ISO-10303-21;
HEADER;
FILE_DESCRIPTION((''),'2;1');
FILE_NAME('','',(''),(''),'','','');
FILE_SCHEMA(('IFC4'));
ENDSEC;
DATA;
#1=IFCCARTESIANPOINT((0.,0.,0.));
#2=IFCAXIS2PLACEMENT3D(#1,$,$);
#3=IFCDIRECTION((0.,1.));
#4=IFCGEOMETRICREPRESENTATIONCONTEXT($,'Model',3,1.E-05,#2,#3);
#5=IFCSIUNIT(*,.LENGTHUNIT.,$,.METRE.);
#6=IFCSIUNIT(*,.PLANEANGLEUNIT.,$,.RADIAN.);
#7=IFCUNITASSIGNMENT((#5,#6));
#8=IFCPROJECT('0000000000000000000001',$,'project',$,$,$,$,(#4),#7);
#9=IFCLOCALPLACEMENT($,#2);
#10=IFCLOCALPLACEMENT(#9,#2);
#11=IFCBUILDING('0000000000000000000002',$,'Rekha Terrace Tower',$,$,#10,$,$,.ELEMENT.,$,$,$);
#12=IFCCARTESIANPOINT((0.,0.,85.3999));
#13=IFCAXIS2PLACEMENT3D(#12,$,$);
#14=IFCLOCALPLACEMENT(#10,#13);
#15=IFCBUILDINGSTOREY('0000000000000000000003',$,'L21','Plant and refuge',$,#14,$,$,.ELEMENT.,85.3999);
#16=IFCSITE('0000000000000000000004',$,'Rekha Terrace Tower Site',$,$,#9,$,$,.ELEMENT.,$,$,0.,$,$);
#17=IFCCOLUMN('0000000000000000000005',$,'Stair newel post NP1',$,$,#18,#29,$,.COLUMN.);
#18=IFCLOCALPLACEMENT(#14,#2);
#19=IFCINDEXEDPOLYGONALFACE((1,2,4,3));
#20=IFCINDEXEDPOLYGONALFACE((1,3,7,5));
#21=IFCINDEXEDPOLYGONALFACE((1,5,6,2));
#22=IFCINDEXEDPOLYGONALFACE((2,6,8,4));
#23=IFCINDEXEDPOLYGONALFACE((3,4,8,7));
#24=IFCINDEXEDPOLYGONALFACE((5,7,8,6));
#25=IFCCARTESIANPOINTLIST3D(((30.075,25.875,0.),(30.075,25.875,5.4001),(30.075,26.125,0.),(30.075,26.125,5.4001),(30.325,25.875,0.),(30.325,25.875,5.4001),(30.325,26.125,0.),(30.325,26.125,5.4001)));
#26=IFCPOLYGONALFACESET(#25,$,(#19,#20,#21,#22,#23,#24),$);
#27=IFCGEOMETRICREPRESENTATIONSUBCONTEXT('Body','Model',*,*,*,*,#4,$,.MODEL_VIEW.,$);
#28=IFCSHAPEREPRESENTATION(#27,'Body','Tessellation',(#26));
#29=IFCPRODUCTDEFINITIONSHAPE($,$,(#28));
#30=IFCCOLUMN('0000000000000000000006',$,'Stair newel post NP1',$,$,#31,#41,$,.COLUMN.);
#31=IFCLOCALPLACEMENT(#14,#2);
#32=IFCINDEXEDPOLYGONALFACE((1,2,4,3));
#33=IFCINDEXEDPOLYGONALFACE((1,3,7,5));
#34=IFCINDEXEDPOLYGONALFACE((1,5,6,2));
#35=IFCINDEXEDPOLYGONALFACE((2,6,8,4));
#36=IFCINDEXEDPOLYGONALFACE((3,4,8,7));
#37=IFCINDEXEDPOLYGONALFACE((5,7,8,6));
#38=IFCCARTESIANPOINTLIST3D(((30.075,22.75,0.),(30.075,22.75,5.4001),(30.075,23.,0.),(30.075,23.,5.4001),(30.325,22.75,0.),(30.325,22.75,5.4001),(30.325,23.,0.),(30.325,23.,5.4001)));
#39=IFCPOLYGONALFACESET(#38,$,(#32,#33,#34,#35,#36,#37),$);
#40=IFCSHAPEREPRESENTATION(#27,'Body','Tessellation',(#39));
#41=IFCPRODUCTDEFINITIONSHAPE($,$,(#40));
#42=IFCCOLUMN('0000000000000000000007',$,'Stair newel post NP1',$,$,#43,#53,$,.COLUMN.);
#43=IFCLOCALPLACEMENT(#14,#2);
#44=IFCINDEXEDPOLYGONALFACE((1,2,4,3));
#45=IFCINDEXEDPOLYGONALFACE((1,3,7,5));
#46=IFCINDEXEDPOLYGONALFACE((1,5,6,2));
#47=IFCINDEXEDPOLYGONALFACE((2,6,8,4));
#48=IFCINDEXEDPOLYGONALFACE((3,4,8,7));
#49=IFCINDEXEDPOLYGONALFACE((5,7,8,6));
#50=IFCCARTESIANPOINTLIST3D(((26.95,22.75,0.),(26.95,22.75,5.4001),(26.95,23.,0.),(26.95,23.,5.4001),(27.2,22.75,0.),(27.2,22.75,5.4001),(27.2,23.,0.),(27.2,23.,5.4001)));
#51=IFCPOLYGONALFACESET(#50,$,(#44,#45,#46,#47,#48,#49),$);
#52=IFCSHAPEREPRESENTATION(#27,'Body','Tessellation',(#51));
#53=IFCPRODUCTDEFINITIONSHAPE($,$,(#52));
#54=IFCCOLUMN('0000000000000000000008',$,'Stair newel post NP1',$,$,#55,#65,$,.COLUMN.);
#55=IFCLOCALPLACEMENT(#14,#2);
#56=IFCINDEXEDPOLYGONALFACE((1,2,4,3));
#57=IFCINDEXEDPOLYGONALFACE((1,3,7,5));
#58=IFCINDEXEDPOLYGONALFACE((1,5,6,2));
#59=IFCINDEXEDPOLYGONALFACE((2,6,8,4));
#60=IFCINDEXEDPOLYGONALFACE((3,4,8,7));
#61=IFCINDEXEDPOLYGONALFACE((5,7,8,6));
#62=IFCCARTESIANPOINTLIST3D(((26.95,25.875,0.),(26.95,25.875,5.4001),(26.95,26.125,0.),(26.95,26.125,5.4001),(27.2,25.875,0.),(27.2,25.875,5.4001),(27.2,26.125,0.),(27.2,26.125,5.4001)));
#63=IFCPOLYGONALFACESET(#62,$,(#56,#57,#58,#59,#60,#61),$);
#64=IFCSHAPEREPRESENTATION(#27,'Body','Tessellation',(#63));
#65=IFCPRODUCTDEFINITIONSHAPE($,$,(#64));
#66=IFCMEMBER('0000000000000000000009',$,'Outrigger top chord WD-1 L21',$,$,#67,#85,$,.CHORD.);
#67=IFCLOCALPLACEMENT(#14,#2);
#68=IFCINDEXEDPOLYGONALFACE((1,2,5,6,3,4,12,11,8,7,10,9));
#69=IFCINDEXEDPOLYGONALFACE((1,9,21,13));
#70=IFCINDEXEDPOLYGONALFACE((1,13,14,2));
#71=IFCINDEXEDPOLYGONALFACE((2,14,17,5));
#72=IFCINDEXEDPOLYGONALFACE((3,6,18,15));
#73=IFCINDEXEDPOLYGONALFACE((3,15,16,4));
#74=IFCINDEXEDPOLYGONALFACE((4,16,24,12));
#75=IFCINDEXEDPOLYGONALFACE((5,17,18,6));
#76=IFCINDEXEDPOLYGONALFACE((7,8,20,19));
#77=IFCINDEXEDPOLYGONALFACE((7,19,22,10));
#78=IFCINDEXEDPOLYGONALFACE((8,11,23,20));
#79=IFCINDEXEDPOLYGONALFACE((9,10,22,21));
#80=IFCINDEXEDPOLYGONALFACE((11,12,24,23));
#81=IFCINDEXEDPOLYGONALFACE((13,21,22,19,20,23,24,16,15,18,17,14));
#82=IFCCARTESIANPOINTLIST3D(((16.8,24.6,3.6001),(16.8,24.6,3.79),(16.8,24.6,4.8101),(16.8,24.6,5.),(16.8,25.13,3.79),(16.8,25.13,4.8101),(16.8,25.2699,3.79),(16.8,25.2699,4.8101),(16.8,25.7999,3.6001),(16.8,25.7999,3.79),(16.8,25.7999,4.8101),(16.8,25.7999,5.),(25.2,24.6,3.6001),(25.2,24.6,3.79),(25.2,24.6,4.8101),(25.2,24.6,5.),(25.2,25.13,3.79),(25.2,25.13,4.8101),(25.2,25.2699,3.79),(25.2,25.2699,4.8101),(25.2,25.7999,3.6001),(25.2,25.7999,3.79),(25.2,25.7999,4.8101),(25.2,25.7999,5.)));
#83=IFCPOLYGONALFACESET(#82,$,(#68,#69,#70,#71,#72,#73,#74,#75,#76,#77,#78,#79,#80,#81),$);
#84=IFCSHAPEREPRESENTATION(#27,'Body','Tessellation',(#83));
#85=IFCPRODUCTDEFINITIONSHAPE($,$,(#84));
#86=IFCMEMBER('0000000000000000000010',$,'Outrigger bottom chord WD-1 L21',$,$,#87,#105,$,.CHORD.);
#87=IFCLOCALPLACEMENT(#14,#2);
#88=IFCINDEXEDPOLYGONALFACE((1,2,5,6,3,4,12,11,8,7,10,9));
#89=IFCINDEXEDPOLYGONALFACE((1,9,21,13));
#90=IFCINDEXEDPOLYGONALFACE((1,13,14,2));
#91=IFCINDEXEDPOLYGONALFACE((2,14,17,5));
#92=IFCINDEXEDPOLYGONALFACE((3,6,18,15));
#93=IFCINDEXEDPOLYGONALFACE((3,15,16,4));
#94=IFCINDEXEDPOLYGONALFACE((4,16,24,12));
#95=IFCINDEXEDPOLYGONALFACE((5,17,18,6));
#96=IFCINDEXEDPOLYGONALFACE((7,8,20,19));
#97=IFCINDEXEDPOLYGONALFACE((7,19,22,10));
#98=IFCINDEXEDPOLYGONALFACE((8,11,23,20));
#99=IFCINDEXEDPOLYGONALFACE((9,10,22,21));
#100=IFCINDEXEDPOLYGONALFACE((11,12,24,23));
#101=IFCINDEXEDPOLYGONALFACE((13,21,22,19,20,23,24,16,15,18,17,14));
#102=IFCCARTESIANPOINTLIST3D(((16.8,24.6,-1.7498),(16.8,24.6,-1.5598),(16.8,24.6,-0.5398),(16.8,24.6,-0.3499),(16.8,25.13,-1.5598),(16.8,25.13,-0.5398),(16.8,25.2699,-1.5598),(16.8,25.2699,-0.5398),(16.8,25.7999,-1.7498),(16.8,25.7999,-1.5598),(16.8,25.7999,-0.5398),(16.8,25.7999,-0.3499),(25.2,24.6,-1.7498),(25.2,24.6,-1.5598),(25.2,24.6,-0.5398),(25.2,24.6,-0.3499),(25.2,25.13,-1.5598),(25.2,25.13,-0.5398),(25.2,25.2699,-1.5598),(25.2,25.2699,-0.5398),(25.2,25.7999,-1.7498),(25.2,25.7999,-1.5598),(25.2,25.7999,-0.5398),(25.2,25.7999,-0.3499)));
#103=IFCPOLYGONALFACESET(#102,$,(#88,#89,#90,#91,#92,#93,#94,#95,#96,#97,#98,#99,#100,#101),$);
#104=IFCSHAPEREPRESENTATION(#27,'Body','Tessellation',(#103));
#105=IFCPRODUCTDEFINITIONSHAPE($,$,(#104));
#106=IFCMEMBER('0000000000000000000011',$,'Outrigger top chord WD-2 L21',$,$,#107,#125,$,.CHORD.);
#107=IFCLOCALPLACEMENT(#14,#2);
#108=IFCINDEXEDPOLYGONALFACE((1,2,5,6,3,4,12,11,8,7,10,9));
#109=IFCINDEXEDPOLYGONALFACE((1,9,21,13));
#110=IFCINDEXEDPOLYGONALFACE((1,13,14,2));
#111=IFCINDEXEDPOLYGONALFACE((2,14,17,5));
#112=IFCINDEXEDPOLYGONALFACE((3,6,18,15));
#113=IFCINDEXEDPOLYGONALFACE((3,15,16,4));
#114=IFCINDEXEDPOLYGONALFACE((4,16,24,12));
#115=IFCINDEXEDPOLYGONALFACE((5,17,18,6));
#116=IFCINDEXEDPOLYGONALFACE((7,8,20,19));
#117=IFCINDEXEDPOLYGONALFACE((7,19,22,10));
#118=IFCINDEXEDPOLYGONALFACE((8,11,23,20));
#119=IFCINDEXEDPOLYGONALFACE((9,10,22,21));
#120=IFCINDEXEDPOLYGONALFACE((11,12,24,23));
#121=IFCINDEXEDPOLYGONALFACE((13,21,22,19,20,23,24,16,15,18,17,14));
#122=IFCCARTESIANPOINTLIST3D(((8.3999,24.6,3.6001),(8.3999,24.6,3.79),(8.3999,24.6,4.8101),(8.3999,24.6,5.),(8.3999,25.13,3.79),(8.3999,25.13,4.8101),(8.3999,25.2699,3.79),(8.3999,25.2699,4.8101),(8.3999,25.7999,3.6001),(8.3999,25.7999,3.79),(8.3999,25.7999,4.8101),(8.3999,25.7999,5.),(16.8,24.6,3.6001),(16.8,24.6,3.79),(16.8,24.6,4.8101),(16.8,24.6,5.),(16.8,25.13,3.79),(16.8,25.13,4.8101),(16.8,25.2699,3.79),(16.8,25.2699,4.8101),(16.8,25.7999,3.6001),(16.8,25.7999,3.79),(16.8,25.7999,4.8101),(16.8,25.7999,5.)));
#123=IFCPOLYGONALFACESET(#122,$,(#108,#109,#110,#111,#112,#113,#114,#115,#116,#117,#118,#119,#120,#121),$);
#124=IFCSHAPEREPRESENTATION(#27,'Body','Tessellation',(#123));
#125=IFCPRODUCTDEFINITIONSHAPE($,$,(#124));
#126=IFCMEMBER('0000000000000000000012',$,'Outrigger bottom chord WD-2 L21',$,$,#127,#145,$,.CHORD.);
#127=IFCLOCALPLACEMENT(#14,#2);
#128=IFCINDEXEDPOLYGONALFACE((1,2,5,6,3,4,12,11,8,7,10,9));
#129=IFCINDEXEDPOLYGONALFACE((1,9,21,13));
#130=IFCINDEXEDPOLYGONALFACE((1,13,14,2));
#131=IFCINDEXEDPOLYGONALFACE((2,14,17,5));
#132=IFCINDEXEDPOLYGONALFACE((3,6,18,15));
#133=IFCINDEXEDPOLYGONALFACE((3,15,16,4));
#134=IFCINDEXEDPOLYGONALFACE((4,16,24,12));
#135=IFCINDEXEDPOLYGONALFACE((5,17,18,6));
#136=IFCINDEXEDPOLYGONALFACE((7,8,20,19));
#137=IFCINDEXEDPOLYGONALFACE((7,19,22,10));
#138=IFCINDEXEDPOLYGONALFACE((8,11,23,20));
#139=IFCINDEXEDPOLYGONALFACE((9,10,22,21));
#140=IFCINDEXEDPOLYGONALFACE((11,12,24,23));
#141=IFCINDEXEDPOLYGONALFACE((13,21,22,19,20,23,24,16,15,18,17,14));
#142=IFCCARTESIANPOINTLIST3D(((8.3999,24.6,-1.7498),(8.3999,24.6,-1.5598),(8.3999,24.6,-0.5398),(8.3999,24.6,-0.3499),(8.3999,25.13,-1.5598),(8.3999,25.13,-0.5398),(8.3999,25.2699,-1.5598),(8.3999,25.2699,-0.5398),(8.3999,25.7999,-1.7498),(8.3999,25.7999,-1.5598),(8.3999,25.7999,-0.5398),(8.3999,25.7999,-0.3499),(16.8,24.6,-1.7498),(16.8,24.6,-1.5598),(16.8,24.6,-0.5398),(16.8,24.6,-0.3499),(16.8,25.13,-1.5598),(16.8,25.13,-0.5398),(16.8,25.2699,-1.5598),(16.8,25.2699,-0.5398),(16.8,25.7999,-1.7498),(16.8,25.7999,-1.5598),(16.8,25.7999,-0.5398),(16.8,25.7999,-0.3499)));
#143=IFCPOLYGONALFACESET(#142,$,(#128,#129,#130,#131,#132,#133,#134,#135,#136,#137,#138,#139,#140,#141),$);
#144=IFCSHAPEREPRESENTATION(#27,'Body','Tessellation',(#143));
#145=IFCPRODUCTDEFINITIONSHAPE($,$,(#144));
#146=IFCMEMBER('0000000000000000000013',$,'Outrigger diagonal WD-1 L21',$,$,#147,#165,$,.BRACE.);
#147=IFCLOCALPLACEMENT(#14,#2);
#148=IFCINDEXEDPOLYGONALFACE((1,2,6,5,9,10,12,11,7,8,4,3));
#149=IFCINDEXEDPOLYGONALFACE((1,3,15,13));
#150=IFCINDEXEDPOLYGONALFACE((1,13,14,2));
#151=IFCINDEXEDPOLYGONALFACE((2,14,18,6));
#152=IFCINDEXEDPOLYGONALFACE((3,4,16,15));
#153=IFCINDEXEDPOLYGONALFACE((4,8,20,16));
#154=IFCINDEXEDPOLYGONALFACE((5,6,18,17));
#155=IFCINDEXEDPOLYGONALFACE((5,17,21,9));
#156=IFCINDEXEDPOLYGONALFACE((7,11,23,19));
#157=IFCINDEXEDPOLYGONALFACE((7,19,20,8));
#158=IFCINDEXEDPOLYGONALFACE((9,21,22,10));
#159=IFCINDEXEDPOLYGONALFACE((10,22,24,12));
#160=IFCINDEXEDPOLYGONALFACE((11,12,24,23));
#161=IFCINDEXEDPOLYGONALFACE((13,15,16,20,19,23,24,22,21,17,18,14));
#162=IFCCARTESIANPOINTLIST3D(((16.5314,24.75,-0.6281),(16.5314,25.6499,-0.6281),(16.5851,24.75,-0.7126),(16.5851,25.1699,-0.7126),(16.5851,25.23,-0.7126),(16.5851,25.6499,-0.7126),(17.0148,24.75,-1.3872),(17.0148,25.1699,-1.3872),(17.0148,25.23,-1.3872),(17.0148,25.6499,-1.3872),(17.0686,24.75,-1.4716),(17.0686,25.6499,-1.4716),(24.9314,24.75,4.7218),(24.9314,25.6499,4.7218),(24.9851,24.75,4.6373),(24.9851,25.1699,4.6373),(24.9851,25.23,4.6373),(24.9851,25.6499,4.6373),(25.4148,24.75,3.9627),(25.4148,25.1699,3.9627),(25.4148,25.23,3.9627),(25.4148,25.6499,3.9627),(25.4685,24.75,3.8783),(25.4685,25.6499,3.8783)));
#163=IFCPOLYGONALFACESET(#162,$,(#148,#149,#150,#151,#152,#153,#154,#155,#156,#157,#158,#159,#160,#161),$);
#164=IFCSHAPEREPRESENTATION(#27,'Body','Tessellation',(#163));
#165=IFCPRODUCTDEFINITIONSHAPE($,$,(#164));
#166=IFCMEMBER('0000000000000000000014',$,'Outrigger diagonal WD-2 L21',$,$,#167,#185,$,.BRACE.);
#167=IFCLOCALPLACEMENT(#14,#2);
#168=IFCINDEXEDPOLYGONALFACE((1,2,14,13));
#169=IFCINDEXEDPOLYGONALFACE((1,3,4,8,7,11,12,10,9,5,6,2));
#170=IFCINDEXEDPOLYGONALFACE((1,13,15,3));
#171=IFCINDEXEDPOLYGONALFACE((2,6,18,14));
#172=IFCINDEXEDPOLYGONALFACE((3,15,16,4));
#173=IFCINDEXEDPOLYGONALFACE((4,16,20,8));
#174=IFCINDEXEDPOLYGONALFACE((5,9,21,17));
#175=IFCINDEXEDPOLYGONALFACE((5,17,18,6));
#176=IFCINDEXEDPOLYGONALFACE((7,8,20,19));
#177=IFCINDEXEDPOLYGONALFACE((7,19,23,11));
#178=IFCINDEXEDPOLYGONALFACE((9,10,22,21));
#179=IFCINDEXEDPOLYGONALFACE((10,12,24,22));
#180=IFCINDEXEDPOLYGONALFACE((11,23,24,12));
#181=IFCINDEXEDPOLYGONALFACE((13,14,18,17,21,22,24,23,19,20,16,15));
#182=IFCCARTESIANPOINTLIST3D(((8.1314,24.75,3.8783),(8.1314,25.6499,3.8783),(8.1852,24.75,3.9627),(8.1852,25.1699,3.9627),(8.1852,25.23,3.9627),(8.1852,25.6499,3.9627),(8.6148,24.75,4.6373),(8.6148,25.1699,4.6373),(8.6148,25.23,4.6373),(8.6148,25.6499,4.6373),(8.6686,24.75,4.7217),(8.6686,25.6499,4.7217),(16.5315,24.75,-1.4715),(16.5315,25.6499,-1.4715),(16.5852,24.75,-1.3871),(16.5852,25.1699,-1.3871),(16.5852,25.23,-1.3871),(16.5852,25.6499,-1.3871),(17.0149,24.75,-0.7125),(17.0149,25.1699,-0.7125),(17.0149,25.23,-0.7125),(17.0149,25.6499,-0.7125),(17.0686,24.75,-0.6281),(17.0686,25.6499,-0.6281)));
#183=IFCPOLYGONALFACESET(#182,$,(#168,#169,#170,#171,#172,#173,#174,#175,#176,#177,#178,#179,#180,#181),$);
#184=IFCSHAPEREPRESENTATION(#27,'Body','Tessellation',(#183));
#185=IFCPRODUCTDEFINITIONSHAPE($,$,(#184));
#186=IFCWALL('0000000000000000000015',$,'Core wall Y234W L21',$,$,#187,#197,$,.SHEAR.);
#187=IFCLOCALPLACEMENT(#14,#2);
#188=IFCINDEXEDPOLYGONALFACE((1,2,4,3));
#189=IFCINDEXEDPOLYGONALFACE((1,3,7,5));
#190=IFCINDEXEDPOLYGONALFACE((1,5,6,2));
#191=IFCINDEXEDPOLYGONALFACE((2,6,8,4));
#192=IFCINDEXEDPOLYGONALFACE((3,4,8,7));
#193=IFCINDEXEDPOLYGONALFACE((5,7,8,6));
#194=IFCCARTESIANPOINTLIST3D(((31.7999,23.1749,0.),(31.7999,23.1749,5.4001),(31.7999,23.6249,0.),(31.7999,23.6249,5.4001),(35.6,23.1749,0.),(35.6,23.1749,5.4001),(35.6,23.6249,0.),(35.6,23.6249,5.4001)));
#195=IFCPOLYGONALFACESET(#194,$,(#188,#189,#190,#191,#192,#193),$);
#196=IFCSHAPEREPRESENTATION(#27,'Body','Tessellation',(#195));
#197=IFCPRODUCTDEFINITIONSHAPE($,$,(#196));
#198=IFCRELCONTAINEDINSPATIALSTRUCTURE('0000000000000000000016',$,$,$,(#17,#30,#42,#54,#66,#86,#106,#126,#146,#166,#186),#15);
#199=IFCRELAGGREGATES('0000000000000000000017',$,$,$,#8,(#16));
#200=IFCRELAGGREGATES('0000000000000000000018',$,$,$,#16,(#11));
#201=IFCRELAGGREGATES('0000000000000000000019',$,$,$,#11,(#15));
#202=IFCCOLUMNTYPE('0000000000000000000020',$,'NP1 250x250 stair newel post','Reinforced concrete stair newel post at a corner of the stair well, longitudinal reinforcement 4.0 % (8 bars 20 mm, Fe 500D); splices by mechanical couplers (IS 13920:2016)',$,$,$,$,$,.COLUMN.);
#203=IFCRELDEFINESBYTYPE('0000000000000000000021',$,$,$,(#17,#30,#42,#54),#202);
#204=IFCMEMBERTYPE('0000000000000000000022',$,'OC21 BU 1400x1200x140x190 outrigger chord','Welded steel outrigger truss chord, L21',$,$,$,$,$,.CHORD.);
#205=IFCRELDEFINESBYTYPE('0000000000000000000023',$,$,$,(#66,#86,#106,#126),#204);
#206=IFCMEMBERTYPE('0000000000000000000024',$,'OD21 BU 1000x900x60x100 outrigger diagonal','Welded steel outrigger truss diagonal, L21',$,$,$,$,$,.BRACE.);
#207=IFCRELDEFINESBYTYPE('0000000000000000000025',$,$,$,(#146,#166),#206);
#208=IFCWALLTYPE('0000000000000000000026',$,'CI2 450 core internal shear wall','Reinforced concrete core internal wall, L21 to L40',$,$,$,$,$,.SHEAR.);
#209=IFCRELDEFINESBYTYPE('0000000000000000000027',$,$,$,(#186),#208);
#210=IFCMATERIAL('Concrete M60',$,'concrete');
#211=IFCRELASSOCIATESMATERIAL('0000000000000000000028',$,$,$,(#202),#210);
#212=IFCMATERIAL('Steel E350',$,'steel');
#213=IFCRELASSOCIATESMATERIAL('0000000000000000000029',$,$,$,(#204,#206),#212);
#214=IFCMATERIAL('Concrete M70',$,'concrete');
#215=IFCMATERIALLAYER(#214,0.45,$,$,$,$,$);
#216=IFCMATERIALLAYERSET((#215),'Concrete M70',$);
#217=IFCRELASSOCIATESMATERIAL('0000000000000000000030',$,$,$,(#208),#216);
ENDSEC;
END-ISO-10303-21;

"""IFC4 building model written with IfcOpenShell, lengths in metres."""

from ifc_helpers import new_model, si_unit, direction, frame, frame_2d, origin, origin_2d, place, context, subcontext, project, spatial, rectangle, i_section, extrude, material, layer, layer_set, material_profile, profile_set, type_object, element, save


model = new_model("IFC4")

# Units and contexts
model_context = context("Model", 3, precision=1e-05, world=origin(), true_north=direction((0.0, 1.0)))
body_context = subcontext(model_context, "Body", "Model", "MODEL_VIEW")
ifc_project = project(units=[si_unit("LENGTHUNIT", "METRE"), si_unit("PLANEANGLEUNIT", "RADIAN")], contexts=[model_context])

# Site, building, storey
site_placement = place(None, origin())
site = spatial("IfcSite", under=ifc_project, at=site_placement, Name="Rekha Terrace Tower Site", CompositionType="ELEMENT", RefElevation=0.0)
building_placement = place(site_placement, origin())
building = spatial("IfcBuilding", under=site, at=building_placement, Name="Rekha Terrace Tower", CompositionType="ELEMENT")
storey_placement = place(building_placement, frame((0.0, 0.0, 85.3999)))
storey = spatial("IfcBuildingStorey", under=building, at=storey_placement, Name="L21", Description="Plant and refuge", CompositionType="ELEMENT", Elevation=85.3999)

# Columns
ifc_material_1 = material(Name="Concrete M60", Category="concrete")
ifc_material_profile_1 = material_profile(ifc_material_1, rectangle(XDim=0.25, YDim=0.25, at=origin_2d()), Name="RC 250x250")
ifc_profile_set_1 = profile_set([ifc_material_profile_1], Name="Concrete M60")
column_type = type_object("IfcColumnType", Name="NP1 250x250 stair newel post", Description="Reinforced concrete stair newel post at a corner of the stair well, longitudinal reinforcement 4.0 % (8 bars 20 mm, Fe 500D); splices by mechanical couplers (IS 13920:2016)", PredefinedType="COLUMN", material=ifc_profile_set_1)
for number, where, z_axis, x_axis, name in (
    (1, (30.2, 26.0, 0.0), (0.0, 0.0, 1.0), (1.0, 0.0, 0.0), "Stair newel post NP1"),
    (2, (30.2, 22.875, 0.0), (0.0, 0.0, 1.0), (1.0, 0.0, 0.0), "Stair newel post NP1"),
    (3, (27.075, 22.875, 0.0), (0.0, 0.0, 1.0), (1.0, 0.0, 0.0), "Stair newel post NP1"),
    (4, (27.075, 26.0, 0.0), (0.0, 0.0, 1.0), (1.0, 0.0, 0.0), "Stair newel post NP1"),
):
    element("IfcColumn", number, at=place(storey_placement, frame(where, z_axis=z_axis, x_axis=x_axis)), inside=storey, type_object=column_type, Name=name, PredefinedType="COLUMN", context=body_context, shape_type="SweptSolid", body=[
        extrude(rectangle(XDim=0.25, YDim=0.25, at=origin_2d()), origin(), (0.0, 0.0, 1.0), 5.4001),
    ])

# Members
ifc_material_2 = material(Name="Steel E350", Category="steel")
ifc_material_profile_2 = material_profile(ifc_material_2, i_section(OverallWidth=1.2, OverallDepth=1.3999, WebThickness=0.1399, FlangeThickness=0.1899, at=origin_2d()), Name="BU 1400x1200x140x190")
ifc_profile_set_2 = profile_set([ifc_material_profile_2], Name="Steel E350")
member_type_1 = type_object("IfcMemberType", Name="OC21 BU 1400x1200x140x190 outrigger chord", Description="Welded steel outrigger truss chord, L21", PredefinedType="CHORD", material=ifc_profile_set_2)
for number, where, z_axis, x_axis, name in (
    (5, (25.2, 25.2, 4.3), (-1.0, 0.0, 0.0), (0.0, -1.0, 0.0), "Outrigger top chord WD-1 L21"),
    (6, (25.2, 25.2, -1.0498), (-1.0, 0.0, 0.0), (0.0, -1.0, 0.0), "Outrigger bottom chord WD-1 L21"),
):
    element("IfcMember", number, at=place(storey_placement, frame(where, z_axis=z_axis, x_axis=x_axis)), inside=storey, type_object=member_type_1, Name=name, PredefinedType="CHORD", context=body_context, shape_type="SweptSolid", body=[
        extrude(i_section(OverallWidth=1.2, OverallDepth=1.3999, WebThickness=0.1399, FlangeThickness=0.1899, at=origin_2d()), origin(), (0.0, 0.0, 1.0), 8.3999),
    ])
for number, where, z_axis, x_axis, name in (
    (7, (16.8, 25.2, 4.3), (-1.0, 0.0, 0.0), (0.0, -1.0, 0.0), "Outrigger top chord WD-2 L21"),
    (8, (16.8, 25.2, -1.0498), (-1.0, 0.0, 0.0), (0.0, -1.0, 0.0), "Outrigger bottom chord WD-2 L21"),
):
    element("IfcMember", number, at=place(storey_placement, frame(where, z_axis=z_axis, x_axis=x_axis)), inside=storey, type_object=member_type_1, Name=name, PredefinedType="CHORD", context=body_context, shape_type="SweptSolid", body=[
        extrude(i_section(OverallWidth=1.2, OverallDepth=1.3999, WebThickness=0.1399, FlangeThickness=0.1899, at=origin_2d()), origin(), (0.0, 0.0, 1.0), 8.4001),
    ])
ifc_material_profile_3 = material_profile(ifc_material_2, i_section(OverallWidth=0.8999, OverallDepth=1.0, WebThickness=0.0601, FlangeThickness=0.1001, at=origin_2d()), Name="BU 1000x900x60x100")
ifc_profile_set_3 = profile_set([ifc_material_profile_3], Name="Steel E350")
member_type_2 = type_object("IfcMemberType", Name="OD21 BU 1000x900x60x100 outrigger diagonal", Description="Welded steel outrigger truss diagonal, L21", PredefinedType="BRACE", material=ifc_profile_set_3)
for number, where, z_axis, x_axis, name in (
    (9, (25.2, 25.2, 4.3), (-0.843459, 0.0, -0.537194), (0.0, -1.0, 0.0), "Outrigger diagonal WD-1 L21"),
    (10, (16.8, 25.2, -1.0498), (-0.843466, 0.0, 0.537183), (0.0, -1.0, 0.0), "Outrigger diagonal WD-2 L21"),
):
    element("IfcMember", number, at=place(storey_placement, frame(where, z_axis=z_axis, x_axis=x_axis)), inside=storey, type_object=member_type_2, Name=name, PredefinedType="BRACE", context=body_context, shape_type="SweptSolid", body=[
        extrude(i_section(OverallWidth=0.8999, OverallDepth=1.0, WebThickness=0.0601, FlangeThickness=0.1001, at=origin_2d()), origin(), (0.0, 0.0, 1.0), 9.959),
    ])

# Wall
ifc_material_3 = material(Name="Concrete M70", Category="concrete")
ifc_layer_1 = layer(ifc_material_3, 0.45)
ifc_layer_set_1 = layer_set([ifc_layer_1], Name="Concrete M70")
wall_type_1 = type_object("IfcWallType", Name="CI2 450 core internal shear wall", Description="Reinforced concrete core internal wall, L21 to L40", PredefinedType="SHEAR", material=ifc_layer_set_1)
wall_1_placement = place(storey_placement, frame((31.8, 23.3999, 0.0), z_axis=(0.0, 0.0, 1.0), x_axis=(1.0, 0.0, 0.0)))
element("IfcWall", 11, at=wall_1_placement, inside=storey, type_object=wall_type_1, Name="Core wall Y234W L21", PredefinedType="SHEAR", context=body_context, shape_type="SweptSolid", body=[
    extrude(rectangle(XDim=3.8, YDim=0.45, at=frame_2d((1.8999, 0.0))), origin(), (0.0, 0.0, 1.0), 5.4001),
])

save(model, "model.ifc")
